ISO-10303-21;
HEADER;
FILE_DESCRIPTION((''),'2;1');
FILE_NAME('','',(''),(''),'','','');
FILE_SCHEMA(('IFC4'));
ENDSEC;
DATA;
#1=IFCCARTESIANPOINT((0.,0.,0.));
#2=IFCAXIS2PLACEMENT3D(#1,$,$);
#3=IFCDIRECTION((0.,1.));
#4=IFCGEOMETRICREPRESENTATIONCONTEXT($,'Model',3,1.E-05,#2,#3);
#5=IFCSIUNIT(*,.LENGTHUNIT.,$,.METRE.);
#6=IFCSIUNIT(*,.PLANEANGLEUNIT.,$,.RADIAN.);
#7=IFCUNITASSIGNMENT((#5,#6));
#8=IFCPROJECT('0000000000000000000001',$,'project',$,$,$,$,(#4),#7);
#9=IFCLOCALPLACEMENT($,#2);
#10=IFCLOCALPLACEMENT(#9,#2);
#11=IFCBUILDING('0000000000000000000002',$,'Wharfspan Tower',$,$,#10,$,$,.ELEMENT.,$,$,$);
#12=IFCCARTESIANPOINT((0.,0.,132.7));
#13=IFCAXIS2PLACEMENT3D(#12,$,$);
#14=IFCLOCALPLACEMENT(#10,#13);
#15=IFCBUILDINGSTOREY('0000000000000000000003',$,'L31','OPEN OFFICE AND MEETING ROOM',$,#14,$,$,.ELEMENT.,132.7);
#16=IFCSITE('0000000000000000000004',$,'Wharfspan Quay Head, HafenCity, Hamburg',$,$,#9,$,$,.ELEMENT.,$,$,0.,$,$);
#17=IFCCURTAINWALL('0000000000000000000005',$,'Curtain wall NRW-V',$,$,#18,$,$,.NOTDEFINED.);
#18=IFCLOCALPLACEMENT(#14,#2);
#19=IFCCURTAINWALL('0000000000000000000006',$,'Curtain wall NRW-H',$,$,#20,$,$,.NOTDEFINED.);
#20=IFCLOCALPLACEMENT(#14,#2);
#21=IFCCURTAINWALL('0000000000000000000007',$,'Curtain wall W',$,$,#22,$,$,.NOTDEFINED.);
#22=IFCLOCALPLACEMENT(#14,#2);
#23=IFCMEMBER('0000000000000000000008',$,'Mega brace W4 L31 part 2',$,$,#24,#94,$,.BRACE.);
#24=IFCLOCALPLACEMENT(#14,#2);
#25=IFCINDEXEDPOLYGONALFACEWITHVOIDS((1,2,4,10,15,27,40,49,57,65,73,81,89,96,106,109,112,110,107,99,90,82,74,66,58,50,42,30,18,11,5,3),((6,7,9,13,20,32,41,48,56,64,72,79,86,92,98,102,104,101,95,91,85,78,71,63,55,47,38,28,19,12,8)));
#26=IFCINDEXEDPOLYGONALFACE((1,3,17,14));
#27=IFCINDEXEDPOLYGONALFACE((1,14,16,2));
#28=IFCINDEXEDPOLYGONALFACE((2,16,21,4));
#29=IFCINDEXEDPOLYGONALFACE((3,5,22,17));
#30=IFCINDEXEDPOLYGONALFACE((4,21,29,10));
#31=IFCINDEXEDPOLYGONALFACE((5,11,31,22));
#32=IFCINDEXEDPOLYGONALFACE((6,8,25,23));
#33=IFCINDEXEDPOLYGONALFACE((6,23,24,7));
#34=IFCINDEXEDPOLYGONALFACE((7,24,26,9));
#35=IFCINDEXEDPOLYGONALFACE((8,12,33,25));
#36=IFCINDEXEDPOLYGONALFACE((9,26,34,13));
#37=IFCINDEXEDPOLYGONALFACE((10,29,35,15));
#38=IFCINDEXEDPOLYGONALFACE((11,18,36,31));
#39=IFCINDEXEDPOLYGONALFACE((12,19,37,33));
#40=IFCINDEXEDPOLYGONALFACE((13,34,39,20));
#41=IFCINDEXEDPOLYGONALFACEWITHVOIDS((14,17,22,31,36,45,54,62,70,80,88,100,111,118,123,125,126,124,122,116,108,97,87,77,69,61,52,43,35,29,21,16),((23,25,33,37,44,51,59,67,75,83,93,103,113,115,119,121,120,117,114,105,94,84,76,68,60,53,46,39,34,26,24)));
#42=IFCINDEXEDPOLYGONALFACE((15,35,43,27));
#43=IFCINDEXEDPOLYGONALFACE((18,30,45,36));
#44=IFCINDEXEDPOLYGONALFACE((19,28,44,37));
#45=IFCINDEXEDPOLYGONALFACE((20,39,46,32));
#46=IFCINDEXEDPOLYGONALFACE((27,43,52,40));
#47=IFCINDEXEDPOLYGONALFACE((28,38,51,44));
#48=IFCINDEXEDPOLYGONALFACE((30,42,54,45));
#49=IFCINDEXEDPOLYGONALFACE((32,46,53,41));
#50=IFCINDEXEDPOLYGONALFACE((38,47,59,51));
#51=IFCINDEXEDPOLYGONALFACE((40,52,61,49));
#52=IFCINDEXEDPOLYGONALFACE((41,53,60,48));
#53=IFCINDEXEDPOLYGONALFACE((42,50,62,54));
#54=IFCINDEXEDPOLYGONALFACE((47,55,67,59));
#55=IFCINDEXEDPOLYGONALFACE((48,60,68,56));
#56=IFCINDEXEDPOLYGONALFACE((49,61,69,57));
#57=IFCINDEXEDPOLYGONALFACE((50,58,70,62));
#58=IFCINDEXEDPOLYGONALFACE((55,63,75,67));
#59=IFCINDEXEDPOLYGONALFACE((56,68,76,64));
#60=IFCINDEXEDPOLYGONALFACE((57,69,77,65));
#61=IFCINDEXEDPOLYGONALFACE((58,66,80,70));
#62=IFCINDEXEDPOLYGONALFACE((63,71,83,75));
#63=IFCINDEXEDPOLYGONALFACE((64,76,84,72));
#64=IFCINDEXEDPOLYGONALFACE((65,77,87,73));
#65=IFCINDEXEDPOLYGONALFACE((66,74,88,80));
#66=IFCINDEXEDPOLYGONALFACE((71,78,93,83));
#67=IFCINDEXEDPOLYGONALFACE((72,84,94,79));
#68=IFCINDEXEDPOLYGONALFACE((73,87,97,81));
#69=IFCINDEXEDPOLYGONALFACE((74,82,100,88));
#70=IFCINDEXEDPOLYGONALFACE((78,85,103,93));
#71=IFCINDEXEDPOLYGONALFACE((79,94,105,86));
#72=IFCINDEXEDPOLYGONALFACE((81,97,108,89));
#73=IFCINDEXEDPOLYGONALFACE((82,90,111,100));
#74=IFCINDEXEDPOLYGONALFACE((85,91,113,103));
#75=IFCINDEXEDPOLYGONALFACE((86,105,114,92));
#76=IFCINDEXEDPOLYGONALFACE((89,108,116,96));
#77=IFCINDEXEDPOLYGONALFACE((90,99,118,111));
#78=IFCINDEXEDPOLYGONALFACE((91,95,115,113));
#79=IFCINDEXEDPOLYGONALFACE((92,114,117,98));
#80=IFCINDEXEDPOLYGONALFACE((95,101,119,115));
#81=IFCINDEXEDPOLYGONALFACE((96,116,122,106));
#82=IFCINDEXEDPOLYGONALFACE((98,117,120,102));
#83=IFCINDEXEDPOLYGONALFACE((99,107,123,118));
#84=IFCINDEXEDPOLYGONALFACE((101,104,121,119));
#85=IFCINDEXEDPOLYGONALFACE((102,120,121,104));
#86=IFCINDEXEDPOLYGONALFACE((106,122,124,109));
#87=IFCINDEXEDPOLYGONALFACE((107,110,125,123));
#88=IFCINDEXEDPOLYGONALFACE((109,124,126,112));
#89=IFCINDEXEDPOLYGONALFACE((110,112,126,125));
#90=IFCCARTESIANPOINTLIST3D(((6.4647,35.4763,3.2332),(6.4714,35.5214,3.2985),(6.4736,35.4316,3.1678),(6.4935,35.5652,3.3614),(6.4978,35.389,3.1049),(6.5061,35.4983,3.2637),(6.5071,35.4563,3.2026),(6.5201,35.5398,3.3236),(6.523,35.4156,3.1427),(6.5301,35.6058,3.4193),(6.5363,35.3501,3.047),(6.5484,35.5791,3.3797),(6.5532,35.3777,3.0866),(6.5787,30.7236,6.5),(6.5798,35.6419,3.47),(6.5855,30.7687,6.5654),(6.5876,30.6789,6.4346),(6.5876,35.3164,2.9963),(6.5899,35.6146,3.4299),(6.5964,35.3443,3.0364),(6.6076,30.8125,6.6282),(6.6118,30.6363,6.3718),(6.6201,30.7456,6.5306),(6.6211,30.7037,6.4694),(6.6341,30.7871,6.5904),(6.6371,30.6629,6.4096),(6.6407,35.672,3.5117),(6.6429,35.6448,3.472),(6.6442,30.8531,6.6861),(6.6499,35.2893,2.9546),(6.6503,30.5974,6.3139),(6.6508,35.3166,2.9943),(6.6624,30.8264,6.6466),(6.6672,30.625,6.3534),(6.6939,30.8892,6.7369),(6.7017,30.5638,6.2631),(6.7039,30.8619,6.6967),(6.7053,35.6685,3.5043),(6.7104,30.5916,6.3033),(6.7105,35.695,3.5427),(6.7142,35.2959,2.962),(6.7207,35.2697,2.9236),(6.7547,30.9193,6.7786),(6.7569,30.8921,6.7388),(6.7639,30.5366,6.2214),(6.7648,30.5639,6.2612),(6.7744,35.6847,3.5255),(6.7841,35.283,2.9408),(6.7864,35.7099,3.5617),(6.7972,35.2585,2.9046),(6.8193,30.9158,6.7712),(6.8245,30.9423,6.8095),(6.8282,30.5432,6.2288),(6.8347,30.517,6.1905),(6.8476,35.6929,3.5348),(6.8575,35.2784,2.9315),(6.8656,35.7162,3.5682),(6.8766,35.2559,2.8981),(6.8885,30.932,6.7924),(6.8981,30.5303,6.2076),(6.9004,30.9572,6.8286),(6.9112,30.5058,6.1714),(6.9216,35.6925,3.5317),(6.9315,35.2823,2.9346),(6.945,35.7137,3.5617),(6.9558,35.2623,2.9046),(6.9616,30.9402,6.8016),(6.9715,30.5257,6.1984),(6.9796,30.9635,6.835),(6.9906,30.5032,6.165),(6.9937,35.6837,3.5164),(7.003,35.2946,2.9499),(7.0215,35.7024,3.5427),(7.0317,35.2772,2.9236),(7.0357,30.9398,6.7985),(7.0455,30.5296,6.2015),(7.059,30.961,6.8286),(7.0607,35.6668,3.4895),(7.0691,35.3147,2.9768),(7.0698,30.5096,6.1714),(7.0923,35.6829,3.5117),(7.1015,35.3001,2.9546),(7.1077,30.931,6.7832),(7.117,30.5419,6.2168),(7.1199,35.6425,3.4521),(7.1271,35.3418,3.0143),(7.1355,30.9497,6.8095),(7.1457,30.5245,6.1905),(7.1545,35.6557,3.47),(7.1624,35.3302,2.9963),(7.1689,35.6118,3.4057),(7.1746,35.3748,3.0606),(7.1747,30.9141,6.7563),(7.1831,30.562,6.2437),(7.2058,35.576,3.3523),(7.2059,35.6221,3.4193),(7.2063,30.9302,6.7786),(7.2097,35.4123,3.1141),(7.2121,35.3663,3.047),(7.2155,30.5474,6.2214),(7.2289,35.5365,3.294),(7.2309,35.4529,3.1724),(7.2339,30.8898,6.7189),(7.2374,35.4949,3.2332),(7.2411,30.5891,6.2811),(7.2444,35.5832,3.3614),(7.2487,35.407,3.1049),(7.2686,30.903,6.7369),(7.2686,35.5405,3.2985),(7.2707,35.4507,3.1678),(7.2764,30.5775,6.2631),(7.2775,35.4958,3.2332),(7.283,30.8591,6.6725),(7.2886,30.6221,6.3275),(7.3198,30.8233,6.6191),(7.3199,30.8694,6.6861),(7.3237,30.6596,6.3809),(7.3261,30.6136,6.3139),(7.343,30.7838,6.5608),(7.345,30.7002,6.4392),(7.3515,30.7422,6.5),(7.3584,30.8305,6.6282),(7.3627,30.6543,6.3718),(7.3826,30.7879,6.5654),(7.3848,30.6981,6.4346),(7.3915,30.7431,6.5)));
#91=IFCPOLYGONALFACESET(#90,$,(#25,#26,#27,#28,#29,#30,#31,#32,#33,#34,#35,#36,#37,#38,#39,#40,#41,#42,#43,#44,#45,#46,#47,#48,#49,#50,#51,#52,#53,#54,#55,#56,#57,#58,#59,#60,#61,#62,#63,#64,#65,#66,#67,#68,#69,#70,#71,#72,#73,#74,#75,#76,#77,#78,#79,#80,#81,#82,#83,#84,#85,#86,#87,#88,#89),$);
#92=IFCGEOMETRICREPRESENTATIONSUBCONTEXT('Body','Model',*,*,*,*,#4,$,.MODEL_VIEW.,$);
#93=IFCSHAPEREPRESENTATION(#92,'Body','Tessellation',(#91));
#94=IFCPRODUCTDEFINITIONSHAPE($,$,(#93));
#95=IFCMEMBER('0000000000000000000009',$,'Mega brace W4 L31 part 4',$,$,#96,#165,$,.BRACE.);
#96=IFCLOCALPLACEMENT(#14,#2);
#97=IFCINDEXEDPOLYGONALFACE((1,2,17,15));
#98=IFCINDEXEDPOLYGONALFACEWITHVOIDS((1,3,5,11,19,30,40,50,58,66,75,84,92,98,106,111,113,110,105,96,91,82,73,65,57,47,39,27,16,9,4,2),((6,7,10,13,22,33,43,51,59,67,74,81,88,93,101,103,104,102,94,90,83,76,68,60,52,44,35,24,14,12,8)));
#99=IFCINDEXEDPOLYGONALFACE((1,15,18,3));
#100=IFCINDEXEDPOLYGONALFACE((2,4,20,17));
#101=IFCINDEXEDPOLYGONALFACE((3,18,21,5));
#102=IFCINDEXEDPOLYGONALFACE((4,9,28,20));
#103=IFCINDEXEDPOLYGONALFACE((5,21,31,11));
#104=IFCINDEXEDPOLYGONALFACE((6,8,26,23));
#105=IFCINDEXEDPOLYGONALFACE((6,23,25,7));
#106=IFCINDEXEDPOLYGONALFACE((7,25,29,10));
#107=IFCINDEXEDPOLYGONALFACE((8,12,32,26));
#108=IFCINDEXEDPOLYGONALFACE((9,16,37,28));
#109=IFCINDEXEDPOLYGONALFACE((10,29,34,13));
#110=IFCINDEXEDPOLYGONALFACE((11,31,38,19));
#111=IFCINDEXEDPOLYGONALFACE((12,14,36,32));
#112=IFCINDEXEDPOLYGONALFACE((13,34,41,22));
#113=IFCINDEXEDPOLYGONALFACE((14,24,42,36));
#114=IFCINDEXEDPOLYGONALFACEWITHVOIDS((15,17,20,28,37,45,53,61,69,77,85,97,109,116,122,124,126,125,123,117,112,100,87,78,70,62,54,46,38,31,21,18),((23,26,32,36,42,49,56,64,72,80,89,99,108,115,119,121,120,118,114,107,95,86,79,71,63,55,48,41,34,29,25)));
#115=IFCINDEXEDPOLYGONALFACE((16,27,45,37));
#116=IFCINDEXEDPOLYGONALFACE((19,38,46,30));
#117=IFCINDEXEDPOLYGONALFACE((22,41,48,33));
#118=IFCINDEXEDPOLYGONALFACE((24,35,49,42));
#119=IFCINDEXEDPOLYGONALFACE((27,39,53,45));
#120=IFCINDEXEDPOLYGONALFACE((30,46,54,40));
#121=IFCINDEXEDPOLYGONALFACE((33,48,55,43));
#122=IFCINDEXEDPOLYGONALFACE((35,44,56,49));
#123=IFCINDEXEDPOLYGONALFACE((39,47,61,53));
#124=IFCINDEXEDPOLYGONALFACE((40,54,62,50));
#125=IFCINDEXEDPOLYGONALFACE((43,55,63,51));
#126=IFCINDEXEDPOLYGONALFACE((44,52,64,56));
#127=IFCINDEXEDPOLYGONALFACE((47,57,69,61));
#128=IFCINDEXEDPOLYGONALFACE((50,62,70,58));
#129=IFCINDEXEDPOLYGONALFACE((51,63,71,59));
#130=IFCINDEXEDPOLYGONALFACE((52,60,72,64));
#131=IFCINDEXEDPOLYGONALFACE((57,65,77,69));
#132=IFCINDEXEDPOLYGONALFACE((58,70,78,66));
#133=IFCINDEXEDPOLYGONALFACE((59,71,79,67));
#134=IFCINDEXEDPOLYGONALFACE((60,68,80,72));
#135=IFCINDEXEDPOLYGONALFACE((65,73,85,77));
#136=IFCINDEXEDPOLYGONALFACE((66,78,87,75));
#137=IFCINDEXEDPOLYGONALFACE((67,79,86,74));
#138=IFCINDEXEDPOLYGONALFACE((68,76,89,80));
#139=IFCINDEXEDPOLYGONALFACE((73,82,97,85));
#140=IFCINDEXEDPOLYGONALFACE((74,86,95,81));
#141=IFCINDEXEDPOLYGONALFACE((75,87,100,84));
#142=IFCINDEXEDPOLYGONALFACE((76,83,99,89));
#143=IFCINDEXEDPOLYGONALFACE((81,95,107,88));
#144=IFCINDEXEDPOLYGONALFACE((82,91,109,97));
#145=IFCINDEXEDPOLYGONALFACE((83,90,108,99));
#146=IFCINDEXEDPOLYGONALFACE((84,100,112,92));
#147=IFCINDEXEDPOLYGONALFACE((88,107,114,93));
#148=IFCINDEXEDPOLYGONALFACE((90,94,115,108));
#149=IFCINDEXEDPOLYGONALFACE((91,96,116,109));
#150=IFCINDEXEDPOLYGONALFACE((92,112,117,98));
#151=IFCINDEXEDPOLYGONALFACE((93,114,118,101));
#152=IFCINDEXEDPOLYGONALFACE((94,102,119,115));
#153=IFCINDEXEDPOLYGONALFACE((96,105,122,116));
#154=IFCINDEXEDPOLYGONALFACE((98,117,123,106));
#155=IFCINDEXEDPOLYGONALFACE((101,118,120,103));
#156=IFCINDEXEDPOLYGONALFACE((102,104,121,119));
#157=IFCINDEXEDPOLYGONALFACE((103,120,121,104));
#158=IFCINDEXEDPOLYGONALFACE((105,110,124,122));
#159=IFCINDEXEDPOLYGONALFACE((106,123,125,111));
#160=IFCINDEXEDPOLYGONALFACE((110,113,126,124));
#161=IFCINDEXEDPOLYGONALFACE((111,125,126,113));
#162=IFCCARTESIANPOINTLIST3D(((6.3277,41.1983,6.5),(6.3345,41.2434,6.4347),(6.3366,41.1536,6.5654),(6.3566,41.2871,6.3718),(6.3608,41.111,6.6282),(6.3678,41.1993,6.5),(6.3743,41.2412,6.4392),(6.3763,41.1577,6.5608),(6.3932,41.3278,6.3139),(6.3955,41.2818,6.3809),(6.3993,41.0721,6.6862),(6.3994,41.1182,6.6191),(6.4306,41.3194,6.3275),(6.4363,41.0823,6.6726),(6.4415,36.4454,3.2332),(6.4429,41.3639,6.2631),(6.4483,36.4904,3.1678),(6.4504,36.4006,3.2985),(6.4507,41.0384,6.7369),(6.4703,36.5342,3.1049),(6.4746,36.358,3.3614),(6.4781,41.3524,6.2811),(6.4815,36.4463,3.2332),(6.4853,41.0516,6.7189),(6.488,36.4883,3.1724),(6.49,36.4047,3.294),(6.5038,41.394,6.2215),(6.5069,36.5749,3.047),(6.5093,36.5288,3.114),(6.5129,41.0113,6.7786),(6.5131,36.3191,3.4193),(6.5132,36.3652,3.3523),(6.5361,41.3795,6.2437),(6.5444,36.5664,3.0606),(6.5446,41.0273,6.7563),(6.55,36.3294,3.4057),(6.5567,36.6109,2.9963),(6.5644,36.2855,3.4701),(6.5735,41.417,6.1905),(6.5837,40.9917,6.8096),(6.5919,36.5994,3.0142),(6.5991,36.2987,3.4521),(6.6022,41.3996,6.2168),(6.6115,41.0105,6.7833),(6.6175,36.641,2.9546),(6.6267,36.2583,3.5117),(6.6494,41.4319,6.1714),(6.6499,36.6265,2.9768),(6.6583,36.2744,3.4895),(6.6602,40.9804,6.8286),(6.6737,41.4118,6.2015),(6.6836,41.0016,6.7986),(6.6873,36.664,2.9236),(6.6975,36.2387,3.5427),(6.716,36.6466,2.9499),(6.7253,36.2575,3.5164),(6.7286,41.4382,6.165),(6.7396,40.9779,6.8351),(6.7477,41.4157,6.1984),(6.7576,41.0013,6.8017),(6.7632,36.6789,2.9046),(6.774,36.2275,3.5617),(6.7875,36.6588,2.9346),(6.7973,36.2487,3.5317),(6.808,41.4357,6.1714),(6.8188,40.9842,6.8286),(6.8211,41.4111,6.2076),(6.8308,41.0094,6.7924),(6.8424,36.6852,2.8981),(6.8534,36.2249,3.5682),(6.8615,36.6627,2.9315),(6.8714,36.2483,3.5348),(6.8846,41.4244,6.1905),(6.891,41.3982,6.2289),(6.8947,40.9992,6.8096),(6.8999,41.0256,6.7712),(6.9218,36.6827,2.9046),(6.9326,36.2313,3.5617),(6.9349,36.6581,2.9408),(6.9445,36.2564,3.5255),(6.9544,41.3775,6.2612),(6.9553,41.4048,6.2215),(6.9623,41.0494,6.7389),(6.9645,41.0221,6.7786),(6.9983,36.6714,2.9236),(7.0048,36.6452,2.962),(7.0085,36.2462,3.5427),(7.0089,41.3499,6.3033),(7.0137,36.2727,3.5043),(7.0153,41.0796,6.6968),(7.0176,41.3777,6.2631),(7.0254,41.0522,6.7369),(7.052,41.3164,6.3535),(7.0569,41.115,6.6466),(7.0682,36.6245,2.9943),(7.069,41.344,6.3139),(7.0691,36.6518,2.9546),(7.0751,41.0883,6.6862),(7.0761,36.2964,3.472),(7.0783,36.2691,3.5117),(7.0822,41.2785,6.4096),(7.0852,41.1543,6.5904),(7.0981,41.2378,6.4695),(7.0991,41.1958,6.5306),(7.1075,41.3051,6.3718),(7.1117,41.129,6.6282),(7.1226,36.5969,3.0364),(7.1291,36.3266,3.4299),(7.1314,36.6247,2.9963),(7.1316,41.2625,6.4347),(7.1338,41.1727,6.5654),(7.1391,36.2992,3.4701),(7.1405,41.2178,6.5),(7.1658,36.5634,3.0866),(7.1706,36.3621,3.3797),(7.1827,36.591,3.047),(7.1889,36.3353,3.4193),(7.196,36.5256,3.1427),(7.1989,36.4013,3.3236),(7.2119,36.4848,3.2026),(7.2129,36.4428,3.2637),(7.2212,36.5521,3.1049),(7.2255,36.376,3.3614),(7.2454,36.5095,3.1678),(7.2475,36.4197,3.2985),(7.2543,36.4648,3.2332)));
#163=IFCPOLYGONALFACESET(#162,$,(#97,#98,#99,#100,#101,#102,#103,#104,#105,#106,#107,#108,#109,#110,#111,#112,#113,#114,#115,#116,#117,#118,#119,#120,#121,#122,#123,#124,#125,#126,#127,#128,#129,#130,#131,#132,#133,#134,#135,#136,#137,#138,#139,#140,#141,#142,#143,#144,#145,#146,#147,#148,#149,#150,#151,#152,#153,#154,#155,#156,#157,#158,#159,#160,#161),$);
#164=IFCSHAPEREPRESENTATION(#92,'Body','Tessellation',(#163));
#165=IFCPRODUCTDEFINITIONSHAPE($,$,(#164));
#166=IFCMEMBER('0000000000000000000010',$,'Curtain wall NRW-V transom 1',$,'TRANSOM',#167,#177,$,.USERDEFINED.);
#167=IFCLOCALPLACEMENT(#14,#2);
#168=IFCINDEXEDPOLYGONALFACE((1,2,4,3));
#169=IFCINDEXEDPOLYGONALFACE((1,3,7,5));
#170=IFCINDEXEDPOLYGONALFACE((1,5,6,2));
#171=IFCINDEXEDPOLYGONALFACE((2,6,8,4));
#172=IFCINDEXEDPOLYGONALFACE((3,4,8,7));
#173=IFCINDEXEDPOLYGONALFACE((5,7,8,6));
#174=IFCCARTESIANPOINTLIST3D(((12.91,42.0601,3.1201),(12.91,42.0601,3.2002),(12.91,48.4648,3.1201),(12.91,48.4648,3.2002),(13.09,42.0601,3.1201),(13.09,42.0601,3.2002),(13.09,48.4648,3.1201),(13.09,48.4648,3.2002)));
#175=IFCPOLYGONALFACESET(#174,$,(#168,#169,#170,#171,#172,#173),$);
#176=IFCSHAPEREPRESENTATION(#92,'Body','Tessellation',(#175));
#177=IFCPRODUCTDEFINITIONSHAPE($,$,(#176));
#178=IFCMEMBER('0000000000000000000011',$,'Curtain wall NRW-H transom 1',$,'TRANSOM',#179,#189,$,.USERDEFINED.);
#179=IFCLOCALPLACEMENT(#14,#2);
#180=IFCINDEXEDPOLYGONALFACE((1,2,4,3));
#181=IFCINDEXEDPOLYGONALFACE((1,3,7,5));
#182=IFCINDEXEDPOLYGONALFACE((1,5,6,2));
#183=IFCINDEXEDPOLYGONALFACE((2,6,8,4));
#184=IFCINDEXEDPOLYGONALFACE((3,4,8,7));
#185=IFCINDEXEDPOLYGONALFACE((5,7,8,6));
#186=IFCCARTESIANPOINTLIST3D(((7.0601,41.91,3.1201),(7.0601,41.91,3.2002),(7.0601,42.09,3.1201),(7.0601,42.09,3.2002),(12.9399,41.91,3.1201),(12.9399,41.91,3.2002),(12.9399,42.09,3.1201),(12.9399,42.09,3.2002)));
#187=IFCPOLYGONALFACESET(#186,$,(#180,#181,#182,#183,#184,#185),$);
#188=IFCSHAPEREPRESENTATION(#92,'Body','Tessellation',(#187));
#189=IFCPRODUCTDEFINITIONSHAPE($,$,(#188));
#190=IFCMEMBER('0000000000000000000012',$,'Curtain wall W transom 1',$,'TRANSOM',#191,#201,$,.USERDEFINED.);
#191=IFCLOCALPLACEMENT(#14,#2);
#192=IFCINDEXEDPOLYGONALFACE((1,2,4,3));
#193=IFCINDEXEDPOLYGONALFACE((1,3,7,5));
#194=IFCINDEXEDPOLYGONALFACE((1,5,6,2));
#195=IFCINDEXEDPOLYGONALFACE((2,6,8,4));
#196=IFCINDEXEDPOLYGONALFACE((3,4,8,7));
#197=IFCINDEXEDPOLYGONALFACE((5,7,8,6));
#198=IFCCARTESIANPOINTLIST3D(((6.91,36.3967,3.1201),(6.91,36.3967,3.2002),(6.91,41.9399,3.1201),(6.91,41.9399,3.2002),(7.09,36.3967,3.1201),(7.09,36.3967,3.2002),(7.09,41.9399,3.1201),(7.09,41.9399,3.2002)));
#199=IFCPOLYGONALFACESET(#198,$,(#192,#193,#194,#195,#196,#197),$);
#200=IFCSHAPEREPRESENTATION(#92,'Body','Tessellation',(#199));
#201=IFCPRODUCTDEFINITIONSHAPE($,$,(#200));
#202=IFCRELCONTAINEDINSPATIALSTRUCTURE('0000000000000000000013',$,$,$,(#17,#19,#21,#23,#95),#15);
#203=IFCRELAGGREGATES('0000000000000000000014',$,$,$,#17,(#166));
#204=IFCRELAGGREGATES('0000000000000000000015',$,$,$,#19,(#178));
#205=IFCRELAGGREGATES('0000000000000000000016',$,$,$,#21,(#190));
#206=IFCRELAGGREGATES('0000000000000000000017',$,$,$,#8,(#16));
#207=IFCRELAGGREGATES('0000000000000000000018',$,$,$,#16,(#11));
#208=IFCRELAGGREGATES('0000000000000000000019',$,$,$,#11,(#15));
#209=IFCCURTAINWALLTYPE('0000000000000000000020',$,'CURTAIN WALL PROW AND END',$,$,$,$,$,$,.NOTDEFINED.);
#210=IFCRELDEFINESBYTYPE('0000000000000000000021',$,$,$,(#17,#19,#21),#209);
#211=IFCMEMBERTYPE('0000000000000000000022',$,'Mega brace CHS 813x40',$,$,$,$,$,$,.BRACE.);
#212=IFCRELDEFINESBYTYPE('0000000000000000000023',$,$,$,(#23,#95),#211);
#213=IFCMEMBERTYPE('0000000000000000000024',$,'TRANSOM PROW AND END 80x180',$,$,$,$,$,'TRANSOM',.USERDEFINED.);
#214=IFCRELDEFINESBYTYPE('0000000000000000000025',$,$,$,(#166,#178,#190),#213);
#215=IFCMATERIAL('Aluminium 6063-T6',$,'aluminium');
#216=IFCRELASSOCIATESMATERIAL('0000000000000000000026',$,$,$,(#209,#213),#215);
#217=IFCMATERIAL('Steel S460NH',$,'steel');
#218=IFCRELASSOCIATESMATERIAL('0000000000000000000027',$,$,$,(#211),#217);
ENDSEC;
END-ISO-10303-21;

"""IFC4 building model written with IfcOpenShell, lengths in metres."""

from ifc_helpers import new_model, si_unit, direction, frame, origin, origin_2d, place, context, subcontext, project, spatial, rectangle, hollow_circle, extrude, material, material_profile, profile_set, type_object, element, aggregate, save


model = new_model("IFC4")

# Units and contexts
model_context = context("Model", 3, precision=1e-05, world=origin(), true_north=direction((0.0, 1.0)))
body_context = subcontext(model_context, "Body", "Model", "MODEL_VIEW")
ifc_project = project(units=[si_unit("LENGTHUNIT", "METRE"), si_unit("PLANEANGLEUNIT", "RADIAN")], contexts=[model_context])

# Site, building, storey
site_placement = place(None, origin())
site = spatial("IfcSite", under=ifc_project, at=site_placement, Name="Wharfspan Quay Head, HafenCity, Hamburg", CompositionType="ELEMENT", RefElevation=0.0)
building_placement = place(site_placement, origin())
building = spatial("IfcBuilding", under=site, at=building_placement, Name="Wharfspan Tower", CompositionType="ELEMENT")
storey_placement = place(building_placement, frame((0.0, 0.0, 132.7)))
storey = spatial("IfcBuildingStorey", under=building, at=storey_placement, Name="L31", Description="OPEN OFFICE AND MEETING ROOM", CompositionType="ELEMENT", Elevation=132.7)

# Curtain walls
ifc_material_1 = material(Name="Aluminium 6063-T6", Category="aluminium")
curtain_wall_type = type_object("IfcCurtainWallType", Name="CURTAIN WALL PROW AND END", PredefinedType="NOTDEFINED", material=ifc_material_1)
curtain_wall_1_placement = place(storey_placement, origin())
curtain_wall_1 = element("IfcCurtainWall", 1, at=curtain_wall_1_placement, inside=storey, type_object=curtain_wall_type, Name="Curtain wall NRW-V", PredefinedType="NOTDEFINED")
curtain_wall_2_placement = place(storey_placement, origin())
curtain_wall_2 = element("IfcCurtainWall", 2, at=curtain_wall_2_placement, inside=storey, type_object=curtain_wall_type, Name="Curtain wall NRW-H", PredefinedType="NOTDEFINED")
curtain_wall_3_placement = place(storey_placement, origin())
curtain_wall_3 = element("IfcCurtainWall", 3, at=curtain_wall_3_placement, inside=storey, type_object=curtain_wall_type, Name="Curtain wall W", PredefinedType="NOTDEFINED")

# Members
ifc_material_2 = material(Name="Steel S460NH", Category="steel")
ifc_material_profile_1 = material_profile(ifc_material_2, hollow_circle(Radius=0.4065, WallThickness=0.04, at=origin_2d()))
ifc_profile_set_1 = profile_set([ifc_material_profile_1], Name="Steel S460NH")
member_type_1 = type_object("IfcMemberType", Name="Mega brace CHS 813x40", PredefinedType="BRACE", material=ifc_profile_set_1)
member_1_placement = place(storey_placement, frame((6.8711, 35.4861, 3.2332), z_axis=(0.019766, -0.823932, 0.566344), x_axis=(0.999712, 0.023985, 0.000003)))
element("IfcMember", 4, at=member_1_placement, inside=storey, type_object=member_type_1, Name="Mega brace W4 L31 part 2", PredefinedType="BRACE", context=body_context, shape_type="SweptSolid", body=[
    extrude(hollow_circle(Radius=0.4065, WallThickness=0.04, at=origin_2d()), origin(), (0.0, 0.0, 1.0), 5.7683),
])
member_2_placement = place(storey_placement, frame((6.8479, 36.4551, 3.2332), z_axis=(-0.019723, 0.823946, 0.566325), x_axis=(-0.999713, -0.023929, -0.000002)))
element("IfcMember", 5, at=member_2_placement, inside=storey, type_object=member_type_1, Name="Mega brace W4 L31 part 4", PredefinedType="BRACE", context=body_context, shape_type="SweptSolid", body=[
    extrude(hollow_circle(Radius=0.4065, WallThickness=0.04, at=origin_2d()), origin(), (0.0, 0.0, 1.0), 5.7686),
])

# Members
ifc_material_profile_2 = material_profile(ifc_material_1, rectangle(XDim=0.1799, YDim=0.0801, at=origin_2d()))
ifc_profile_set_2 = profile_set([ifc_material_profile_2], Name="Aluminium 6063-T6")
member_type_2 = type_object("IfcMemberType", Name="TRANSOM PROW AND END 80x180", ElementType="TRANSOM", PredefinedType="USERDEFINED", material=ifc_profile_set_2)
member_3_placement = place(storey_placement, frame((13.0, 48.4648, 3.1602), z_axis=(0.0, -1.0, 0.0), x_axis=(1.0, 0.0, 0.0)))
member_3 = element("IfcMember", 6, at=member_3_placement, type_object=member_type_2, Name="Curtain wall NRW-V transom 1", ObjectType="TRANSOM", PredefinedType="USERDEFINED", context=body_context, shape_type="SweptSolid", body=[
    extrude(rectangle(XDim=0.1799, YDim=0.0801, at=origin_2d()), origin(), (0.0, 0.0, 1.0), 6.4048),
])
member_4_placement = place(storey_placement, frame((12.9399, 42.0, 3.1602), z_axis=(-1.0, 0.0, 0.0), x_axis=(0.0, -1.0, 0.0)))
member_4 = element("IfcMember", 7, at=member_4_placement, type_object=member_type_2, Name="Curtain wall NRW-H transom 1", ObjectType="TRANSOM", PredefinedType="USERDEFINED", context=body_context, shape_type="SweptSolid", body=[
    extrude(rectangle(XDim=0.1799, YDim=0.0801, at=origin_2d()), origin(), (0.0, 0.0, 1.0), 5.8799),
])
member_5_placement = place(storey_placement, frame((7.0, 41.9399, 3.1602), z_axis=(0.0, -1.0, 0.0), x_axis=(1.0, 0.0, 0.0)))
member_5 = element("IfcMember", 8, at=member_5_placement, type_object=member_type_2, Name="Curtain wall W transom 1", ObjectType="TRANSOM", PredefinedType="USERDEFINED", context=body_context, shape_type="SweptSolid", body=[
    extrude(rectangle(XDim=0.1799, YDim=0.0801, at=origin_2d()), origin(), (0.0, 0.0, 1.0), 5.5432),
])

aggregate(curtain_wall_1, [member_3])
aggregate(curtain_wall_2, [member_4])
aggregate(curtain_wall_3, [member_5])

save(model, "model.ifc")
